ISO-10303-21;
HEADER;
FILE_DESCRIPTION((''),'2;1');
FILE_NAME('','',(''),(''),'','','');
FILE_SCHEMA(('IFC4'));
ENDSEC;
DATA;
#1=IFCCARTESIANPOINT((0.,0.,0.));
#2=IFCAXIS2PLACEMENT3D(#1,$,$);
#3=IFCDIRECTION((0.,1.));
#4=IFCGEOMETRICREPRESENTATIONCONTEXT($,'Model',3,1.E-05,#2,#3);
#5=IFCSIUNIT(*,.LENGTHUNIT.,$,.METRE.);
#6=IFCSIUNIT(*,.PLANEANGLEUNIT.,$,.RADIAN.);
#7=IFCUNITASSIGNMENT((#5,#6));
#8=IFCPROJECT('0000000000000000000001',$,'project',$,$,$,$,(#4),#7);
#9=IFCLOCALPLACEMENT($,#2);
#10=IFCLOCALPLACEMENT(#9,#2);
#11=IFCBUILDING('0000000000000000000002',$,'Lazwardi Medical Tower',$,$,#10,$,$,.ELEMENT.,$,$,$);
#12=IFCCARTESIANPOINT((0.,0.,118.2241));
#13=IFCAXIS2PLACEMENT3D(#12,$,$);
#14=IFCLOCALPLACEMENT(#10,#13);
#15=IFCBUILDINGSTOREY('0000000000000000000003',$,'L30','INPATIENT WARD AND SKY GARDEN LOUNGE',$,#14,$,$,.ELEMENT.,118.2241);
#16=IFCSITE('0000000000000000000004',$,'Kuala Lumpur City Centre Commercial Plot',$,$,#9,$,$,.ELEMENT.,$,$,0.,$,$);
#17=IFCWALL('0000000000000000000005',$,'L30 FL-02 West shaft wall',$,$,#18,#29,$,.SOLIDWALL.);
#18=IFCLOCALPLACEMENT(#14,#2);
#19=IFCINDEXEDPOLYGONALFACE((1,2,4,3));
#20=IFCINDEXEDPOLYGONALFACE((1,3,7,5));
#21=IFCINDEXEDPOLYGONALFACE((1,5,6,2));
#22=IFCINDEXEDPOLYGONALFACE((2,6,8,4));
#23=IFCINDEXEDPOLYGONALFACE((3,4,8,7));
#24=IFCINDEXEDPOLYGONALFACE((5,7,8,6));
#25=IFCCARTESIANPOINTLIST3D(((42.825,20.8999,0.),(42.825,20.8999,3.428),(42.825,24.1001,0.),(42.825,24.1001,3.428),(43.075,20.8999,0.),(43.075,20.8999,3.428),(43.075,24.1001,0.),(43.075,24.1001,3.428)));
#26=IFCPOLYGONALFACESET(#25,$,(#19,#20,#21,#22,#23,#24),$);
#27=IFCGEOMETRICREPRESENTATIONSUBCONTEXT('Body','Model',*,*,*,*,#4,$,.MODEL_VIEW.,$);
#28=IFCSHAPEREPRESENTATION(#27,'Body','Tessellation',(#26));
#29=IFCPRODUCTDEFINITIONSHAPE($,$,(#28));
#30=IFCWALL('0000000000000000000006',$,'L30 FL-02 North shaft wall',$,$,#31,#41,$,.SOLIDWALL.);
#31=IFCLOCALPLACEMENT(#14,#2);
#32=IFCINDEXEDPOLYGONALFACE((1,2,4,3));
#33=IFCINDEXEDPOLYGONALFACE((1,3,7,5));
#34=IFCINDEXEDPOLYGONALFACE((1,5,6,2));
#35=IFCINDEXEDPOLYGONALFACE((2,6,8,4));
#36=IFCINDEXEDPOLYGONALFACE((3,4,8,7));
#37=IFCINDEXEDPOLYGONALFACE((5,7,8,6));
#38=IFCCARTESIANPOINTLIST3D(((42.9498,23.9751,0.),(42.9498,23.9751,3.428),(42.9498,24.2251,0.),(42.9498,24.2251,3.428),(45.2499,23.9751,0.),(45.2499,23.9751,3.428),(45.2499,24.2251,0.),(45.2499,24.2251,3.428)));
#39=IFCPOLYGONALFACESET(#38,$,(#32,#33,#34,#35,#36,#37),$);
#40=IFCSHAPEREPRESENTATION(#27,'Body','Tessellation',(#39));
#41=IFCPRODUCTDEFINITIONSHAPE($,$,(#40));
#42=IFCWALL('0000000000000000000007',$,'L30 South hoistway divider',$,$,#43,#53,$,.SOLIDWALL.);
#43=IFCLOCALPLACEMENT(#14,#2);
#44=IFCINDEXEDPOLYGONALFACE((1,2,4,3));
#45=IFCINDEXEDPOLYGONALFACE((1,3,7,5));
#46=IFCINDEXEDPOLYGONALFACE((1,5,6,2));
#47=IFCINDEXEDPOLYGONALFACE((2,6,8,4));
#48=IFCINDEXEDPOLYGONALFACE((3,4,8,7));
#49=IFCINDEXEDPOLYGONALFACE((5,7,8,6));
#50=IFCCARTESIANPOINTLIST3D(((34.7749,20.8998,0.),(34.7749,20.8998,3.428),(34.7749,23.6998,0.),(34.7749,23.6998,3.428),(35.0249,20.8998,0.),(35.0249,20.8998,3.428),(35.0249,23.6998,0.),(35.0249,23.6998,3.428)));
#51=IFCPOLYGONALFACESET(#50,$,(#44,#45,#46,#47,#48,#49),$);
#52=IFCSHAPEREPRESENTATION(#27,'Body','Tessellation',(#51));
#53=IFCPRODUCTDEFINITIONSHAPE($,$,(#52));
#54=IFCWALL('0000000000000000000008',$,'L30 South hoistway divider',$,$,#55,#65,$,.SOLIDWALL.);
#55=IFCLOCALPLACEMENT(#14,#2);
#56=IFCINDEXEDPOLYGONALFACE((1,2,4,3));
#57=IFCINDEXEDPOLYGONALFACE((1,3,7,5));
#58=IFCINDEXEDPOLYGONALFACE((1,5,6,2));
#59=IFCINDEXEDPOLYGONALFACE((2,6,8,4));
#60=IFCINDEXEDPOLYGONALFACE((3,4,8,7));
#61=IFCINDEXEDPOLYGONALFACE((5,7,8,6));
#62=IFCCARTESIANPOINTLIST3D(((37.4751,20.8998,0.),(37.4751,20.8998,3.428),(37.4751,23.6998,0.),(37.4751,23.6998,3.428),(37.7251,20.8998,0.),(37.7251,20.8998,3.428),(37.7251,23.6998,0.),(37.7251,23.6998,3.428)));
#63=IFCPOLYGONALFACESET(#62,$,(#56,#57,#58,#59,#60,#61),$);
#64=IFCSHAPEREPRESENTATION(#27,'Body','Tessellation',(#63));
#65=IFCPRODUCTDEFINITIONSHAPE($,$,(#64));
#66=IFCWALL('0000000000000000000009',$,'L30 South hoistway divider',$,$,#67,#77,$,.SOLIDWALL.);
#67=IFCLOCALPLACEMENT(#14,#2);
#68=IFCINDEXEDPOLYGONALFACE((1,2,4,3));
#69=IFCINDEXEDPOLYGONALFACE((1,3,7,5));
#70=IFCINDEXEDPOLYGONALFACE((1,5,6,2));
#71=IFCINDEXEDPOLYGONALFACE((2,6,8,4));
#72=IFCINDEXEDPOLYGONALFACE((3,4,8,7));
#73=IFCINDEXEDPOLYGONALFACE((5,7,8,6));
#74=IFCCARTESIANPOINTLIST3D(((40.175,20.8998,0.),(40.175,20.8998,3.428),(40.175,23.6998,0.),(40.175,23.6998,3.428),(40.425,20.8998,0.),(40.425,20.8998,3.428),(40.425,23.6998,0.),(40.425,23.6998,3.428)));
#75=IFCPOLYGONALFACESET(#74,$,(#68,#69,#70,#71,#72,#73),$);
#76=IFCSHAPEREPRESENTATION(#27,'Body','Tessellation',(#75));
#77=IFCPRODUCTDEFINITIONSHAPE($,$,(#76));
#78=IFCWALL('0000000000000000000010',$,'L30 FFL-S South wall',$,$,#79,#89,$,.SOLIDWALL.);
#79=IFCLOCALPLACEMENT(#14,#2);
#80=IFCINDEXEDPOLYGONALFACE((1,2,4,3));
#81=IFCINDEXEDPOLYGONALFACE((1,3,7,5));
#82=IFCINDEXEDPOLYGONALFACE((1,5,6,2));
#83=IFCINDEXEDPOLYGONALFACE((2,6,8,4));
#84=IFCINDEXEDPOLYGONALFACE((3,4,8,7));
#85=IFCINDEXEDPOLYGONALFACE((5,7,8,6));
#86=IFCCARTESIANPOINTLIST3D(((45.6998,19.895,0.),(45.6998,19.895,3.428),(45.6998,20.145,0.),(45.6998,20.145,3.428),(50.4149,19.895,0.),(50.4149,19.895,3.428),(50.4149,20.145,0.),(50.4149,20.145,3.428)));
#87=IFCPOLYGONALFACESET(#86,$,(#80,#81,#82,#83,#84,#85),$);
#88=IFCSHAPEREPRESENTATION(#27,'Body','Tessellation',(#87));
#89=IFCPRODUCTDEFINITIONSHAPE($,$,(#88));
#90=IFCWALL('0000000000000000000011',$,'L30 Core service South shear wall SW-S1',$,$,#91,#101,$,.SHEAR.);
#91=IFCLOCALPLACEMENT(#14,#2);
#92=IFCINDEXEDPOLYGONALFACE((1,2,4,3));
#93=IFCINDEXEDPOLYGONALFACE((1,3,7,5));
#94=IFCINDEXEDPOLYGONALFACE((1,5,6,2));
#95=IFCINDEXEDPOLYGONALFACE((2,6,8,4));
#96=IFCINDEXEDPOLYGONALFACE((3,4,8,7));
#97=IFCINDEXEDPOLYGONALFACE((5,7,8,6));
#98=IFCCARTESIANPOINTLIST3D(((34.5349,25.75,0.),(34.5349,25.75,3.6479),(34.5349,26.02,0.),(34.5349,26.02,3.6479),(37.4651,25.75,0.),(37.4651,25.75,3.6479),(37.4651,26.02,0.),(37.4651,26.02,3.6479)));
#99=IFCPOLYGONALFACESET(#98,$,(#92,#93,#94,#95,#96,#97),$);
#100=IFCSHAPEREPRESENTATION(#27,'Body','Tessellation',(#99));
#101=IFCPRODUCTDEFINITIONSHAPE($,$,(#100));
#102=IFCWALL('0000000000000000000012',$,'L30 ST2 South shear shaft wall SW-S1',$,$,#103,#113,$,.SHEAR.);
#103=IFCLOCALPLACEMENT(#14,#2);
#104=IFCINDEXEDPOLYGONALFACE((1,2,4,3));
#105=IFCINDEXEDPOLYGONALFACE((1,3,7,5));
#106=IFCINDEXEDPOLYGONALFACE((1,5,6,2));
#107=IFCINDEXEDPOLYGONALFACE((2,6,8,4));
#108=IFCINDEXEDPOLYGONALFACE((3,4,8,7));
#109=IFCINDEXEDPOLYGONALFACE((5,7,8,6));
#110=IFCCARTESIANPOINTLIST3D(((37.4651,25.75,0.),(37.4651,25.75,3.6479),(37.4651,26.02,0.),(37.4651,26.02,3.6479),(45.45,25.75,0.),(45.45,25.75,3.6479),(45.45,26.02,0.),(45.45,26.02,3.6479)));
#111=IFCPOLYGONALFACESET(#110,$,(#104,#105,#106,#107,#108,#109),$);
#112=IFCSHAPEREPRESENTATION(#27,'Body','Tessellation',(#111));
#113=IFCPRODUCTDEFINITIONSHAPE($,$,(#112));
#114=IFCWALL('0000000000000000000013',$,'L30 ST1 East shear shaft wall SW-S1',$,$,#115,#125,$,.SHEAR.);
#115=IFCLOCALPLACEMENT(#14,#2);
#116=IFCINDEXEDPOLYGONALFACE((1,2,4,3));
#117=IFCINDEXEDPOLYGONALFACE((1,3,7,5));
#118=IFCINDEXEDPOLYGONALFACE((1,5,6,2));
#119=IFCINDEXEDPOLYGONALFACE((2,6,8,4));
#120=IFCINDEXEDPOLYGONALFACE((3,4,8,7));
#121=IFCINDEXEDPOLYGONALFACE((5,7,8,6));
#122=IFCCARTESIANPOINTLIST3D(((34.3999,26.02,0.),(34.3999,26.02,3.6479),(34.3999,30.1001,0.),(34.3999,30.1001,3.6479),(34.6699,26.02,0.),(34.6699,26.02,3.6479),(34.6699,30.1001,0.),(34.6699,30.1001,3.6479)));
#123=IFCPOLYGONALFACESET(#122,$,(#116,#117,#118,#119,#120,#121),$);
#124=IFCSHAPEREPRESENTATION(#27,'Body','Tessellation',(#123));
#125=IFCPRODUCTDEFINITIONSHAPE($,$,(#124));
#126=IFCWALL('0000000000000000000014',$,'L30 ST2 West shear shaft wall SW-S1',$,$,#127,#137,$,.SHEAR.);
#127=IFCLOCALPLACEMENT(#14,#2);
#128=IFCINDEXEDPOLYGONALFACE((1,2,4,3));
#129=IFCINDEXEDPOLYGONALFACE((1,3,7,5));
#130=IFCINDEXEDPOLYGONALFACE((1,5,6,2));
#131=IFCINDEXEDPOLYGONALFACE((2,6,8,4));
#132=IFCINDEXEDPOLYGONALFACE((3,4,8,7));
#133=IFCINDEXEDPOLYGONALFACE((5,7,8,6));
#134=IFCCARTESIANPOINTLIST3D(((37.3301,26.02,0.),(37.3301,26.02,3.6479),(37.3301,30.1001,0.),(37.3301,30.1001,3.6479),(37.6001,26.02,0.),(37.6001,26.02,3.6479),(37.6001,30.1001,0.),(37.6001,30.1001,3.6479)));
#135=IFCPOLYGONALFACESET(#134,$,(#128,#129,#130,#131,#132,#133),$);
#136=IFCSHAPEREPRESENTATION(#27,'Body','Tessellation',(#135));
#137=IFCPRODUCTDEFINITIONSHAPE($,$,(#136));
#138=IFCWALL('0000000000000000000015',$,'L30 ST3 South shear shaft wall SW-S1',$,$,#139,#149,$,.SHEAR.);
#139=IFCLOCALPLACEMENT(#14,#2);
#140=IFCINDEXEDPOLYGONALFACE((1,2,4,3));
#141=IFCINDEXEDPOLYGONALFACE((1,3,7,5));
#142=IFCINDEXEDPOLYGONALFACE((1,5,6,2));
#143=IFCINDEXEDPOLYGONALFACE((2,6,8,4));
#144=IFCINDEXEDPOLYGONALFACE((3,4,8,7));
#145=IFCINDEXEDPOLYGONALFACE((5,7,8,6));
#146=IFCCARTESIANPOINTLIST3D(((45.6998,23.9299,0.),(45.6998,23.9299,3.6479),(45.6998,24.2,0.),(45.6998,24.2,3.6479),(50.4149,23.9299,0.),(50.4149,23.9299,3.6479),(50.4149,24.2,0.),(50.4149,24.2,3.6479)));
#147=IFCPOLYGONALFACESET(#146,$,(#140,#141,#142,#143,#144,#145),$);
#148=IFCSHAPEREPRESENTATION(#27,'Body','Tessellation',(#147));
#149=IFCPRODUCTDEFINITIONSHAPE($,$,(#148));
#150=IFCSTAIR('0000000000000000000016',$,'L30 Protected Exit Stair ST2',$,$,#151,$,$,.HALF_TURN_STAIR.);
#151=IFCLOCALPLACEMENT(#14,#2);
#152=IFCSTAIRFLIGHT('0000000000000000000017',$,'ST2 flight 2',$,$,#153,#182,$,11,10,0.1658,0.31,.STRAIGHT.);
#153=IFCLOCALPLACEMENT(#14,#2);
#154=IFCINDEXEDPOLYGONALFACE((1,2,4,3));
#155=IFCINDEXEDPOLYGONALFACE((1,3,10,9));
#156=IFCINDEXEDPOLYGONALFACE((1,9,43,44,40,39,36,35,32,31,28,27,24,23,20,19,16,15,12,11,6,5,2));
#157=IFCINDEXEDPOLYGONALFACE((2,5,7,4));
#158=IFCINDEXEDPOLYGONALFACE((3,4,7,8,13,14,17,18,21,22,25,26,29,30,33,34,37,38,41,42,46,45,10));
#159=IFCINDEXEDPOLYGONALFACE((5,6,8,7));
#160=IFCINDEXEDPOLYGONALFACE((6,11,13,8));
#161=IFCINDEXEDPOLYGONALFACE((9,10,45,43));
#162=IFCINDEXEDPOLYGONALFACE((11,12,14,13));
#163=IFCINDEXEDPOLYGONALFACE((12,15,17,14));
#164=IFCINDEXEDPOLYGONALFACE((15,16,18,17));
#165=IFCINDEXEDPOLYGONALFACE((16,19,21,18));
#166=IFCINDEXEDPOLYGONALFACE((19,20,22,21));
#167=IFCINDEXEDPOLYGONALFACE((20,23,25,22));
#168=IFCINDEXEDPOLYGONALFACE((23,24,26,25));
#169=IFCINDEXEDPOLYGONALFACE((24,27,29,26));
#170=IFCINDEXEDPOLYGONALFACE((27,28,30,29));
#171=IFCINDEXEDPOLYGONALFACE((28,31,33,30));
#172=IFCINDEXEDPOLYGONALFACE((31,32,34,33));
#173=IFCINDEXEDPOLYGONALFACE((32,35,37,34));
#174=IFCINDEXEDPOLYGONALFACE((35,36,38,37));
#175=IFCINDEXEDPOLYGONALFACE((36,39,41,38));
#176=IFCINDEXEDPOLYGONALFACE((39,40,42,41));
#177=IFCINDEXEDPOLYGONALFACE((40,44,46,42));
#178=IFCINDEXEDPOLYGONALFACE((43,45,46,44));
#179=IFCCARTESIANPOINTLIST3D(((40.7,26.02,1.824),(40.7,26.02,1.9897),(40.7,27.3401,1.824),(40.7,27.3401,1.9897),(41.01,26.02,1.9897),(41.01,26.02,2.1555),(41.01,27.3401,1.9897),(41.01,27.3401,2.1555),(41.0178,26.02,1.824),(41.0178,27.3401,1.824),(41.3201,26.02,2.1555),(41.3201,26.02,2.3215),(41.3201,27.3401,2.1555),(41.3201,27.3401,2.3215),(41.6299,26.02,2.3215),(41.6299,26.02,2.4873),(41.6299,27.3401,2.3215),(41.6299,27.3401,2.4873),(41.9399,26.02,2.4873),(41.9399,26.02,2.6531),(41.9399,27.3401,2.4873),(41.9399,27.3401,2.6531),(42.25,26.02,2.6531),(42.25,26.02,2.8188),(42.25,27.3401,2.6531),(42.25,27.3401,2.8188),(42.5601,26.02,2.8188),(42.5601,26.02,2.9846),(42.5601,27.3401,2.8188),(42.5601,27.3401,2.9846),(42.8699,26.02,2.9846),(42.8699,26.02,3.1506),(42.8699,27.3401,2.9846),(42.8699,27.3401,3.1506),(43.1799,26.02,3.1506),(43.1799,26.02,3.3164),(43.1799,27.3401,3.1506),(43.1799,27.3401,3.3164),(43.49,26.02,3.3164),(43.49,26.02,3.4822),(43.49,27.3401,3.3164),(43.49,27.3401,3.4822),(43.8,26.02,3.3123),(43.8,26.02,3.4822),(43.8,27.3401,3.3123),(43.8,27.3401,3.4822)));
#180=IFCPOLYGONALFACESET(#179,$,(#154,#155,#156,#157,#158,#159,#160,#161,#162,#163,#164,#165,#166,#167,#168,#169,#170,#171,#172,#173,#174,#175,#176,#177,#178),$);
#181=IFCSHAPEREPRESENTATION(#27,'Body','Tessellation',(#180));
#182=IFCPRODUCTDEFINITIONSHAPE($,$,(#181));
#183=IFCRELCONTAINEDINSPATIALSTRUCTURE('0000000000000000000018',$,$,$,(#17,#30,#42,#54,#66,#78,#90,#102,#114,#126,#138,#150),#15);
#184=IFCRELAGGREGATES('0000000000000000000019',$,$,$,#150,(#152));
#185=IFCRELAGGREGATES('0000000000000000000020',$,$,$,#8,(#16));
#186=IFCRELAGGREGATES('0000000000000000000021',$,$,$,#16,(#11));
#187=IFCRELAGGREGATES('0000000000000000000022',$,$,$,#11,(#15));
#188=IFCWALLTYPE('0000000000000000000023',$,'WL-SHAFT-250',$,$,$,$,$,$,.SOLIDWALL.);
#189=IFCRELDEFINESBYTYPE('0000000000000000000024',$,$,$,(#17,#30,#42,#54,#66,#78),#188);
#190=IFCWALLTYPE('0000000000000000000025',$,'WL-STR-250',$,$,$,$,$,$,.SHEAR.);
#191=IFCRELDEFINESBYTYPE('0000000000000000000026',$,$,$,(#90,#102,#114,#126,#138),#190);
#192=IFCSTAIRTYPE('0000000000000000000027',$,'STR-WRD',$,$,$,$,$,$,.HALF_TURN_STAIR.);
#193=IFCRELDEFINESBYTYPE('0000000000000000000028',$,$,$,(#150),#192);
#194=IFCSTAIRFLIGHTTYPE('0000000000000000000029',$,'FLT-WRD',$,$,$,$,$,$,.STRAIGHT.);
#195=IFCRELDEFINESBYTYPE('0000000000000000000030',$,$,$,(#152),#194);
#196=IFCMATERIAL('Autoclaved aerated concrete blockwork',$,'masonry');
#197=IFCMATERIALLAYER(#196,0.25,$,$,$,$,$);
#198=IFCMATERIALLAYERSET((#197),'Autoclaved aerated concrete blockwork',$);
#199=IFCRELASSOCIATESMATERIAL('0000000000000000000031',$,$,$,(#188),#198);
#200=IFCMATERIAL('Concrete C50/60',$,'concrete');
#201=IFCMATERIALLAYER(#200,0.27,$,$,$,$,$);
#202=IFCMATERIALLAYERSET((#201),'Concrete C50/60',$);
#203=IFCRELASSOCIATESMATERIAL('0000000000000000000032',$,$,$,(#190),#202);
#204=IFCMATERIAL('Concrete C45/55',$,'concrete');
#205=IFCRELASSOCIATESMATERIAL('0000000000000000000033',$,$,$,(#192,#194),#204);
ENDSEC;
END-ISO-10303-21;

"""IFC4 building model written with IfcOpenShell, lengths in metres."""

from ifc_helpers import new_model, si_unit, direction, frame, frame_2d, origin, place, context, subcontext, project, spatial, polyline, rectangle, outline, extrude, material, layer, layer_set, type_object, element, aggregate, save


model = new_model("IFC4")

# Units and contexts
model_context = context("Model", 3, precision=1e-05, world=origin(), true_north=direction((0.0, 1.0)))
body_context = subcontext(model_context, "Body", "Model", "MODEL_VIEW")
ifc_project = project(units=[si_unit("LENGTHUNIT", "METRE"), si_unit("PLANEANGLEUNIT", "RADIAN")], contexts=[model_context])

# Site, building, storey
site_placement = place(None, origin())
site = spatial("IfcSite", under=ifc_project, at=site_placement, Name="Kuala Lumpur City Centre Commercial Plot", CompositionType="ELEMENT", RefElevation=0.0)
building_placement = place(site_placement, origin())
building = spatial("IfcBuilding", under=site, at=building_placement, Name="Lazwardi Medical Tower", CompositionType="ELEMENT")
storey_placement = place(building_placement, frame((0.0, 0.0, 118.2241)))
storey = spatial("IfcBuildingStorey", under=building, at=storey_placement, Name="L30", Description="INPATIENT WARD AND SKY GARDEN LOUNGE", CompositionType="ELEMENT", Elevation=118.2241)

# Walls
ifc_material_1 = material(Name="Autoclaved aerated concrete blockwork", Category="masonry")
ifc_layer_1 = layer(ifc_material_1, 0.25)
ifc_layer_set_1 = layer_set([ifc_layer_1], Name="Autoclaved aerated concrete blockwork")
wall_type_1 = type_object("IfcWallType", Name="WL-SHAFT-250", PredefinedType="SOLIDWALL", material=ifc_layer_set_1)
wall_1_placement = place(storey_placement, frame((42.95, 20.8999, 0.0), z_axis=(0.0, 0.0, 1.0), x_axis=(0.0, 1.0, 0.0)))
element("IfcWall", 1, at=wall_1_placement, inside=storey, type_object=wall_type_1, Name="L30 FL-02 West shaft wall", PredefinedType="SOLIDWALL", context=body_context, shape_type="SweptSolid", body=[
    extrude(rectangle(XDim=3.2002, YDim=0.25, at=frame_2d((1.6001, 0.0))), origin(), (0.0, 0.0, 1.0), 3.428),
])
wall_2_placement = place(storey_placement, frame((42.95, 24.1001, 0.0), z_axis=(0.0, 0.0, 1.0), x_axis=(1.0, 0.0, 0.0)))
element("IfcWall", 2, at=wall_2_placement, inside=storey, type_object=wall_type_1, Name="L30 FL-02 North shaft wall", PredefinedType="SOLIDWALL", context=body_context, shape_type="SweptSolid", body=[
    extrude(rectangle(XDim=2.3, YDim=0.25, at=frame_2d((1.1499, 0.0))), origin(), (0.0, 0.0, 1.0), 3.428),
])
for number, where, z_axis, x_axis, name in (
    (3, (34.8999, 20.8999, 0.0), (0.0, 0.0, 1.0), (0.0, 1.0, 0.0), "L30 South hoistway divider"),
    (4, (37.6001, 20.8999, 0.0), (0.0, 0.0, 1.0), (0.0, 1.0, 0.0), "L30 South hoistway divider"),
    (5, (40.3, 20.8999, 0.0), (0.0, 0.0, 1.0), (0.0, 1.0, 0.0), "L30 South hoistway divider"),
):
    element("IfcWall", number, at=place(storey_placement, frame(where, z_axis=z_axis, x_axis=x_axis)), inside=storey, type_object=wall_type_1, Name=name, PredefinedType="SOLIDWALL", context=body_context, shape_type="SweptSolid", body=[
        extrude(rectangle(XDim=2.8, YDim=0.25, at=frame_2d((1.3999, 0.0))), origin(), (0.0, 0.0, 1.0), 3.428),
    ])
wall_3_placement = place(storey_placement, frame((45.7, 20.02, 0.0), z_axis=(0.0, 0.0, 1.0), x_axis=(1.0, 0.0, 0.0)))
element("IfcWall", 6, at=wall_3_placement, inside=storey, type_object=wall_type_1, Name="L30 FFL-S South wall", PredefinedType="SOLIDWALL", context=body_context, shape_type="SweptSolid", body=[
    extrude(rectangle(XDim=4.7151, YDim=0.25, at=frame_2d((2.3574, 0.0))), origin(), (0.0, 0.0, 1.0), 3.428),
])
ifc_material_2 = material(Name="Concrete C50/60", Category="concrete")
ifc_layer_2 = layer(ifc_material_2, 0.27)
ifc_layer_set_2 = layer_set([ifc_layer_2], Name="Concrete C50/60")
wall_type_2 = type_object("IfcWallType", Name="WL-STR-250", PredefinedType="SHEAR", material=ifc_layer_set_2)
wall_4_placement = place(storey_placement, frame((34.5349, 25.885, 0.0), z_axis=(0.0, 0.0, 1.0), x_axis=(1.0, 0.0, 0.0)))
element("IfcWall", 7, at=wall_4_placement, inside=storey, type_object=wall_type_2, Name="L30 Core service South shear wall SW-S1", PredefinedType="SHEAR", context=body_context, shape_type="SweptSolid", body=[
    extrude(rectangle(XDim=2.9302, YDim=0.27, at=frame_2d((1.4651, 0.0))), origin(), (0.0, 0.0, 1.0), 3.6479),
])
wall_5_placement = place(storey_placement, frame((37.4651, 25.885, 0.0), z_axis=(0.0, 0.0, 1.0), x_axis=(1.0, 0.0, 0.0)))
element("IfcWall", 8, at=wall_5_placement, inside=storey, type_object=wall_type_2, Name="L30 ST2 South shear shaft wall SW-S1", PredefinedType="SHEAR", context=body_context, shape_type="SweptSolid", body=[
    extrude(rectangle(XDim=7.9849, YDim=0.27, at=frame_2d((3.9924, 0.0))), origin(), (0.0, 0.0, 1.0), 3.6479),
])
for number, where, z_axis, x_axis, name in (
    (9, (34.5349, 26.02, 0.0), (0.0, 0.0, 1.0), (0.0, 1.0, 0.0), "L30 ST1 East shear shaft wall SW-S1"),
    (10, (37.4651, 26.02, 0.0), (0.0, 0.0, 1.0), (0.0, 1.0, 0.0), "L30 ST2 West shear shaft wall SW-S1"),
):
    element("IfcWall", number, at=place(storey_placement, frame(where, z_axis=z_axis, x_axis=x_axis)), inside=storey, type_object=wall_type_2, Name=name, PredefinedType="SHEAR", context=body_context, shape_type="SweptSolid", body=[
        extrude(rectangle(XDim=4.0801, YDim=0.27, at=frame_2d((2.04, 0.0))), origin(), (0.0, 0.0, 1.0), 3.6479),
    ])
wall_6_placement = place(storey_placement, frame((45.7, 24.0649, 0.0), z_axis=(0.0, 0.0, 1.0), x_axis=(1.0, 0.0, 0.0)))
element("IfcWall", 11, at=wall_6_placement, inside=storey, type_object=wall_type_2, Name="L30 ST3 South shear shaft wall SW-S1", PredefinedType="SHEAR", context=body_context, shape_type="SweptSolid", body=[
    extrude(rectangle(XDim=4.7151, YDim=0.27, at=frame_2d((2.3574, 0.0))), origin(), (0.0, 0.0, 1.0), 3.6479),
])

# Stair, stair flight
ifc_material_3 = material(Name="Concrete C45/55", Category="concrete")
stair_type = type_object("IfcStairType", Name="STR-WRD", PredefinedType="HALF_TURN_STAIR", material=ifc_material_3)
stair_placement = place(storey_placement, origin())
stair = element("IfcStair", 12, at=stair_placement, inside=storey, type_object=stair_type, Name="L30 Protected Exit Stair ST2", PredefinedType="HALF_TURN_STAIR")
stair_flight_type = type_object("IfcStairFlightType", Name="FLT-WRD", PredefinedType="STRAIGHT", material=ifc_material_3)
stair_flight_placement = place(storey_placement, frame((40.7, 26.6799, 1.824), z_axis=(0.0, 0.0, 1.0), x_axis=(1.0, 0.0, 0.0)))
stair_flight = element("IfcStairFlight", 13, at=stair_flight_placement, type_object=stair_flight_type, Name="ST2 flight 2", NumberOfRisers=11, NumberOfTreads=10, PredefinedType="STRAIGHT", RiserHeight=0.1658, TreadLength=0.31, context=body_context, shape_type="SweptSolid", body=[
    extrude(outline(polyline([(0.0, 0.0), (0.0, 0.1658), (0.3101, 0.1658), (0.3101, 0.3315), (0.6201, 0.3315), (0.6201, 0.4976), (0.9299, 0.4976), (0.9299, 0.6633), (1.24, 0.6633), (1.24, 0.8291), (1.55, 0.8291), (1.55, 0.9949), (1.8601, 0.9949), (1.8601, 1.1606), (2.1699, 1.1606), (2.1699, 1.3267), (2.48, 1.3267), (2.48, 1.4924), (2.79, 1.4924), (2.79, 1.6582), (3.1001, 1.6582), (3.1001, 1.824), (3.1001, 1.4883), (0.3179, 0.0), (0.0, 0.0)])), frame((0.0, 0.6602, 0.0), z_axis=(0.0, -1.0, 0.0), x_axis=(1.0, 0.0, 0.0)), (0.0, 0.0, 1.0), 1.3201),
])
aggregate(stair, [stair_flight])

save(model, "model.ifc")
